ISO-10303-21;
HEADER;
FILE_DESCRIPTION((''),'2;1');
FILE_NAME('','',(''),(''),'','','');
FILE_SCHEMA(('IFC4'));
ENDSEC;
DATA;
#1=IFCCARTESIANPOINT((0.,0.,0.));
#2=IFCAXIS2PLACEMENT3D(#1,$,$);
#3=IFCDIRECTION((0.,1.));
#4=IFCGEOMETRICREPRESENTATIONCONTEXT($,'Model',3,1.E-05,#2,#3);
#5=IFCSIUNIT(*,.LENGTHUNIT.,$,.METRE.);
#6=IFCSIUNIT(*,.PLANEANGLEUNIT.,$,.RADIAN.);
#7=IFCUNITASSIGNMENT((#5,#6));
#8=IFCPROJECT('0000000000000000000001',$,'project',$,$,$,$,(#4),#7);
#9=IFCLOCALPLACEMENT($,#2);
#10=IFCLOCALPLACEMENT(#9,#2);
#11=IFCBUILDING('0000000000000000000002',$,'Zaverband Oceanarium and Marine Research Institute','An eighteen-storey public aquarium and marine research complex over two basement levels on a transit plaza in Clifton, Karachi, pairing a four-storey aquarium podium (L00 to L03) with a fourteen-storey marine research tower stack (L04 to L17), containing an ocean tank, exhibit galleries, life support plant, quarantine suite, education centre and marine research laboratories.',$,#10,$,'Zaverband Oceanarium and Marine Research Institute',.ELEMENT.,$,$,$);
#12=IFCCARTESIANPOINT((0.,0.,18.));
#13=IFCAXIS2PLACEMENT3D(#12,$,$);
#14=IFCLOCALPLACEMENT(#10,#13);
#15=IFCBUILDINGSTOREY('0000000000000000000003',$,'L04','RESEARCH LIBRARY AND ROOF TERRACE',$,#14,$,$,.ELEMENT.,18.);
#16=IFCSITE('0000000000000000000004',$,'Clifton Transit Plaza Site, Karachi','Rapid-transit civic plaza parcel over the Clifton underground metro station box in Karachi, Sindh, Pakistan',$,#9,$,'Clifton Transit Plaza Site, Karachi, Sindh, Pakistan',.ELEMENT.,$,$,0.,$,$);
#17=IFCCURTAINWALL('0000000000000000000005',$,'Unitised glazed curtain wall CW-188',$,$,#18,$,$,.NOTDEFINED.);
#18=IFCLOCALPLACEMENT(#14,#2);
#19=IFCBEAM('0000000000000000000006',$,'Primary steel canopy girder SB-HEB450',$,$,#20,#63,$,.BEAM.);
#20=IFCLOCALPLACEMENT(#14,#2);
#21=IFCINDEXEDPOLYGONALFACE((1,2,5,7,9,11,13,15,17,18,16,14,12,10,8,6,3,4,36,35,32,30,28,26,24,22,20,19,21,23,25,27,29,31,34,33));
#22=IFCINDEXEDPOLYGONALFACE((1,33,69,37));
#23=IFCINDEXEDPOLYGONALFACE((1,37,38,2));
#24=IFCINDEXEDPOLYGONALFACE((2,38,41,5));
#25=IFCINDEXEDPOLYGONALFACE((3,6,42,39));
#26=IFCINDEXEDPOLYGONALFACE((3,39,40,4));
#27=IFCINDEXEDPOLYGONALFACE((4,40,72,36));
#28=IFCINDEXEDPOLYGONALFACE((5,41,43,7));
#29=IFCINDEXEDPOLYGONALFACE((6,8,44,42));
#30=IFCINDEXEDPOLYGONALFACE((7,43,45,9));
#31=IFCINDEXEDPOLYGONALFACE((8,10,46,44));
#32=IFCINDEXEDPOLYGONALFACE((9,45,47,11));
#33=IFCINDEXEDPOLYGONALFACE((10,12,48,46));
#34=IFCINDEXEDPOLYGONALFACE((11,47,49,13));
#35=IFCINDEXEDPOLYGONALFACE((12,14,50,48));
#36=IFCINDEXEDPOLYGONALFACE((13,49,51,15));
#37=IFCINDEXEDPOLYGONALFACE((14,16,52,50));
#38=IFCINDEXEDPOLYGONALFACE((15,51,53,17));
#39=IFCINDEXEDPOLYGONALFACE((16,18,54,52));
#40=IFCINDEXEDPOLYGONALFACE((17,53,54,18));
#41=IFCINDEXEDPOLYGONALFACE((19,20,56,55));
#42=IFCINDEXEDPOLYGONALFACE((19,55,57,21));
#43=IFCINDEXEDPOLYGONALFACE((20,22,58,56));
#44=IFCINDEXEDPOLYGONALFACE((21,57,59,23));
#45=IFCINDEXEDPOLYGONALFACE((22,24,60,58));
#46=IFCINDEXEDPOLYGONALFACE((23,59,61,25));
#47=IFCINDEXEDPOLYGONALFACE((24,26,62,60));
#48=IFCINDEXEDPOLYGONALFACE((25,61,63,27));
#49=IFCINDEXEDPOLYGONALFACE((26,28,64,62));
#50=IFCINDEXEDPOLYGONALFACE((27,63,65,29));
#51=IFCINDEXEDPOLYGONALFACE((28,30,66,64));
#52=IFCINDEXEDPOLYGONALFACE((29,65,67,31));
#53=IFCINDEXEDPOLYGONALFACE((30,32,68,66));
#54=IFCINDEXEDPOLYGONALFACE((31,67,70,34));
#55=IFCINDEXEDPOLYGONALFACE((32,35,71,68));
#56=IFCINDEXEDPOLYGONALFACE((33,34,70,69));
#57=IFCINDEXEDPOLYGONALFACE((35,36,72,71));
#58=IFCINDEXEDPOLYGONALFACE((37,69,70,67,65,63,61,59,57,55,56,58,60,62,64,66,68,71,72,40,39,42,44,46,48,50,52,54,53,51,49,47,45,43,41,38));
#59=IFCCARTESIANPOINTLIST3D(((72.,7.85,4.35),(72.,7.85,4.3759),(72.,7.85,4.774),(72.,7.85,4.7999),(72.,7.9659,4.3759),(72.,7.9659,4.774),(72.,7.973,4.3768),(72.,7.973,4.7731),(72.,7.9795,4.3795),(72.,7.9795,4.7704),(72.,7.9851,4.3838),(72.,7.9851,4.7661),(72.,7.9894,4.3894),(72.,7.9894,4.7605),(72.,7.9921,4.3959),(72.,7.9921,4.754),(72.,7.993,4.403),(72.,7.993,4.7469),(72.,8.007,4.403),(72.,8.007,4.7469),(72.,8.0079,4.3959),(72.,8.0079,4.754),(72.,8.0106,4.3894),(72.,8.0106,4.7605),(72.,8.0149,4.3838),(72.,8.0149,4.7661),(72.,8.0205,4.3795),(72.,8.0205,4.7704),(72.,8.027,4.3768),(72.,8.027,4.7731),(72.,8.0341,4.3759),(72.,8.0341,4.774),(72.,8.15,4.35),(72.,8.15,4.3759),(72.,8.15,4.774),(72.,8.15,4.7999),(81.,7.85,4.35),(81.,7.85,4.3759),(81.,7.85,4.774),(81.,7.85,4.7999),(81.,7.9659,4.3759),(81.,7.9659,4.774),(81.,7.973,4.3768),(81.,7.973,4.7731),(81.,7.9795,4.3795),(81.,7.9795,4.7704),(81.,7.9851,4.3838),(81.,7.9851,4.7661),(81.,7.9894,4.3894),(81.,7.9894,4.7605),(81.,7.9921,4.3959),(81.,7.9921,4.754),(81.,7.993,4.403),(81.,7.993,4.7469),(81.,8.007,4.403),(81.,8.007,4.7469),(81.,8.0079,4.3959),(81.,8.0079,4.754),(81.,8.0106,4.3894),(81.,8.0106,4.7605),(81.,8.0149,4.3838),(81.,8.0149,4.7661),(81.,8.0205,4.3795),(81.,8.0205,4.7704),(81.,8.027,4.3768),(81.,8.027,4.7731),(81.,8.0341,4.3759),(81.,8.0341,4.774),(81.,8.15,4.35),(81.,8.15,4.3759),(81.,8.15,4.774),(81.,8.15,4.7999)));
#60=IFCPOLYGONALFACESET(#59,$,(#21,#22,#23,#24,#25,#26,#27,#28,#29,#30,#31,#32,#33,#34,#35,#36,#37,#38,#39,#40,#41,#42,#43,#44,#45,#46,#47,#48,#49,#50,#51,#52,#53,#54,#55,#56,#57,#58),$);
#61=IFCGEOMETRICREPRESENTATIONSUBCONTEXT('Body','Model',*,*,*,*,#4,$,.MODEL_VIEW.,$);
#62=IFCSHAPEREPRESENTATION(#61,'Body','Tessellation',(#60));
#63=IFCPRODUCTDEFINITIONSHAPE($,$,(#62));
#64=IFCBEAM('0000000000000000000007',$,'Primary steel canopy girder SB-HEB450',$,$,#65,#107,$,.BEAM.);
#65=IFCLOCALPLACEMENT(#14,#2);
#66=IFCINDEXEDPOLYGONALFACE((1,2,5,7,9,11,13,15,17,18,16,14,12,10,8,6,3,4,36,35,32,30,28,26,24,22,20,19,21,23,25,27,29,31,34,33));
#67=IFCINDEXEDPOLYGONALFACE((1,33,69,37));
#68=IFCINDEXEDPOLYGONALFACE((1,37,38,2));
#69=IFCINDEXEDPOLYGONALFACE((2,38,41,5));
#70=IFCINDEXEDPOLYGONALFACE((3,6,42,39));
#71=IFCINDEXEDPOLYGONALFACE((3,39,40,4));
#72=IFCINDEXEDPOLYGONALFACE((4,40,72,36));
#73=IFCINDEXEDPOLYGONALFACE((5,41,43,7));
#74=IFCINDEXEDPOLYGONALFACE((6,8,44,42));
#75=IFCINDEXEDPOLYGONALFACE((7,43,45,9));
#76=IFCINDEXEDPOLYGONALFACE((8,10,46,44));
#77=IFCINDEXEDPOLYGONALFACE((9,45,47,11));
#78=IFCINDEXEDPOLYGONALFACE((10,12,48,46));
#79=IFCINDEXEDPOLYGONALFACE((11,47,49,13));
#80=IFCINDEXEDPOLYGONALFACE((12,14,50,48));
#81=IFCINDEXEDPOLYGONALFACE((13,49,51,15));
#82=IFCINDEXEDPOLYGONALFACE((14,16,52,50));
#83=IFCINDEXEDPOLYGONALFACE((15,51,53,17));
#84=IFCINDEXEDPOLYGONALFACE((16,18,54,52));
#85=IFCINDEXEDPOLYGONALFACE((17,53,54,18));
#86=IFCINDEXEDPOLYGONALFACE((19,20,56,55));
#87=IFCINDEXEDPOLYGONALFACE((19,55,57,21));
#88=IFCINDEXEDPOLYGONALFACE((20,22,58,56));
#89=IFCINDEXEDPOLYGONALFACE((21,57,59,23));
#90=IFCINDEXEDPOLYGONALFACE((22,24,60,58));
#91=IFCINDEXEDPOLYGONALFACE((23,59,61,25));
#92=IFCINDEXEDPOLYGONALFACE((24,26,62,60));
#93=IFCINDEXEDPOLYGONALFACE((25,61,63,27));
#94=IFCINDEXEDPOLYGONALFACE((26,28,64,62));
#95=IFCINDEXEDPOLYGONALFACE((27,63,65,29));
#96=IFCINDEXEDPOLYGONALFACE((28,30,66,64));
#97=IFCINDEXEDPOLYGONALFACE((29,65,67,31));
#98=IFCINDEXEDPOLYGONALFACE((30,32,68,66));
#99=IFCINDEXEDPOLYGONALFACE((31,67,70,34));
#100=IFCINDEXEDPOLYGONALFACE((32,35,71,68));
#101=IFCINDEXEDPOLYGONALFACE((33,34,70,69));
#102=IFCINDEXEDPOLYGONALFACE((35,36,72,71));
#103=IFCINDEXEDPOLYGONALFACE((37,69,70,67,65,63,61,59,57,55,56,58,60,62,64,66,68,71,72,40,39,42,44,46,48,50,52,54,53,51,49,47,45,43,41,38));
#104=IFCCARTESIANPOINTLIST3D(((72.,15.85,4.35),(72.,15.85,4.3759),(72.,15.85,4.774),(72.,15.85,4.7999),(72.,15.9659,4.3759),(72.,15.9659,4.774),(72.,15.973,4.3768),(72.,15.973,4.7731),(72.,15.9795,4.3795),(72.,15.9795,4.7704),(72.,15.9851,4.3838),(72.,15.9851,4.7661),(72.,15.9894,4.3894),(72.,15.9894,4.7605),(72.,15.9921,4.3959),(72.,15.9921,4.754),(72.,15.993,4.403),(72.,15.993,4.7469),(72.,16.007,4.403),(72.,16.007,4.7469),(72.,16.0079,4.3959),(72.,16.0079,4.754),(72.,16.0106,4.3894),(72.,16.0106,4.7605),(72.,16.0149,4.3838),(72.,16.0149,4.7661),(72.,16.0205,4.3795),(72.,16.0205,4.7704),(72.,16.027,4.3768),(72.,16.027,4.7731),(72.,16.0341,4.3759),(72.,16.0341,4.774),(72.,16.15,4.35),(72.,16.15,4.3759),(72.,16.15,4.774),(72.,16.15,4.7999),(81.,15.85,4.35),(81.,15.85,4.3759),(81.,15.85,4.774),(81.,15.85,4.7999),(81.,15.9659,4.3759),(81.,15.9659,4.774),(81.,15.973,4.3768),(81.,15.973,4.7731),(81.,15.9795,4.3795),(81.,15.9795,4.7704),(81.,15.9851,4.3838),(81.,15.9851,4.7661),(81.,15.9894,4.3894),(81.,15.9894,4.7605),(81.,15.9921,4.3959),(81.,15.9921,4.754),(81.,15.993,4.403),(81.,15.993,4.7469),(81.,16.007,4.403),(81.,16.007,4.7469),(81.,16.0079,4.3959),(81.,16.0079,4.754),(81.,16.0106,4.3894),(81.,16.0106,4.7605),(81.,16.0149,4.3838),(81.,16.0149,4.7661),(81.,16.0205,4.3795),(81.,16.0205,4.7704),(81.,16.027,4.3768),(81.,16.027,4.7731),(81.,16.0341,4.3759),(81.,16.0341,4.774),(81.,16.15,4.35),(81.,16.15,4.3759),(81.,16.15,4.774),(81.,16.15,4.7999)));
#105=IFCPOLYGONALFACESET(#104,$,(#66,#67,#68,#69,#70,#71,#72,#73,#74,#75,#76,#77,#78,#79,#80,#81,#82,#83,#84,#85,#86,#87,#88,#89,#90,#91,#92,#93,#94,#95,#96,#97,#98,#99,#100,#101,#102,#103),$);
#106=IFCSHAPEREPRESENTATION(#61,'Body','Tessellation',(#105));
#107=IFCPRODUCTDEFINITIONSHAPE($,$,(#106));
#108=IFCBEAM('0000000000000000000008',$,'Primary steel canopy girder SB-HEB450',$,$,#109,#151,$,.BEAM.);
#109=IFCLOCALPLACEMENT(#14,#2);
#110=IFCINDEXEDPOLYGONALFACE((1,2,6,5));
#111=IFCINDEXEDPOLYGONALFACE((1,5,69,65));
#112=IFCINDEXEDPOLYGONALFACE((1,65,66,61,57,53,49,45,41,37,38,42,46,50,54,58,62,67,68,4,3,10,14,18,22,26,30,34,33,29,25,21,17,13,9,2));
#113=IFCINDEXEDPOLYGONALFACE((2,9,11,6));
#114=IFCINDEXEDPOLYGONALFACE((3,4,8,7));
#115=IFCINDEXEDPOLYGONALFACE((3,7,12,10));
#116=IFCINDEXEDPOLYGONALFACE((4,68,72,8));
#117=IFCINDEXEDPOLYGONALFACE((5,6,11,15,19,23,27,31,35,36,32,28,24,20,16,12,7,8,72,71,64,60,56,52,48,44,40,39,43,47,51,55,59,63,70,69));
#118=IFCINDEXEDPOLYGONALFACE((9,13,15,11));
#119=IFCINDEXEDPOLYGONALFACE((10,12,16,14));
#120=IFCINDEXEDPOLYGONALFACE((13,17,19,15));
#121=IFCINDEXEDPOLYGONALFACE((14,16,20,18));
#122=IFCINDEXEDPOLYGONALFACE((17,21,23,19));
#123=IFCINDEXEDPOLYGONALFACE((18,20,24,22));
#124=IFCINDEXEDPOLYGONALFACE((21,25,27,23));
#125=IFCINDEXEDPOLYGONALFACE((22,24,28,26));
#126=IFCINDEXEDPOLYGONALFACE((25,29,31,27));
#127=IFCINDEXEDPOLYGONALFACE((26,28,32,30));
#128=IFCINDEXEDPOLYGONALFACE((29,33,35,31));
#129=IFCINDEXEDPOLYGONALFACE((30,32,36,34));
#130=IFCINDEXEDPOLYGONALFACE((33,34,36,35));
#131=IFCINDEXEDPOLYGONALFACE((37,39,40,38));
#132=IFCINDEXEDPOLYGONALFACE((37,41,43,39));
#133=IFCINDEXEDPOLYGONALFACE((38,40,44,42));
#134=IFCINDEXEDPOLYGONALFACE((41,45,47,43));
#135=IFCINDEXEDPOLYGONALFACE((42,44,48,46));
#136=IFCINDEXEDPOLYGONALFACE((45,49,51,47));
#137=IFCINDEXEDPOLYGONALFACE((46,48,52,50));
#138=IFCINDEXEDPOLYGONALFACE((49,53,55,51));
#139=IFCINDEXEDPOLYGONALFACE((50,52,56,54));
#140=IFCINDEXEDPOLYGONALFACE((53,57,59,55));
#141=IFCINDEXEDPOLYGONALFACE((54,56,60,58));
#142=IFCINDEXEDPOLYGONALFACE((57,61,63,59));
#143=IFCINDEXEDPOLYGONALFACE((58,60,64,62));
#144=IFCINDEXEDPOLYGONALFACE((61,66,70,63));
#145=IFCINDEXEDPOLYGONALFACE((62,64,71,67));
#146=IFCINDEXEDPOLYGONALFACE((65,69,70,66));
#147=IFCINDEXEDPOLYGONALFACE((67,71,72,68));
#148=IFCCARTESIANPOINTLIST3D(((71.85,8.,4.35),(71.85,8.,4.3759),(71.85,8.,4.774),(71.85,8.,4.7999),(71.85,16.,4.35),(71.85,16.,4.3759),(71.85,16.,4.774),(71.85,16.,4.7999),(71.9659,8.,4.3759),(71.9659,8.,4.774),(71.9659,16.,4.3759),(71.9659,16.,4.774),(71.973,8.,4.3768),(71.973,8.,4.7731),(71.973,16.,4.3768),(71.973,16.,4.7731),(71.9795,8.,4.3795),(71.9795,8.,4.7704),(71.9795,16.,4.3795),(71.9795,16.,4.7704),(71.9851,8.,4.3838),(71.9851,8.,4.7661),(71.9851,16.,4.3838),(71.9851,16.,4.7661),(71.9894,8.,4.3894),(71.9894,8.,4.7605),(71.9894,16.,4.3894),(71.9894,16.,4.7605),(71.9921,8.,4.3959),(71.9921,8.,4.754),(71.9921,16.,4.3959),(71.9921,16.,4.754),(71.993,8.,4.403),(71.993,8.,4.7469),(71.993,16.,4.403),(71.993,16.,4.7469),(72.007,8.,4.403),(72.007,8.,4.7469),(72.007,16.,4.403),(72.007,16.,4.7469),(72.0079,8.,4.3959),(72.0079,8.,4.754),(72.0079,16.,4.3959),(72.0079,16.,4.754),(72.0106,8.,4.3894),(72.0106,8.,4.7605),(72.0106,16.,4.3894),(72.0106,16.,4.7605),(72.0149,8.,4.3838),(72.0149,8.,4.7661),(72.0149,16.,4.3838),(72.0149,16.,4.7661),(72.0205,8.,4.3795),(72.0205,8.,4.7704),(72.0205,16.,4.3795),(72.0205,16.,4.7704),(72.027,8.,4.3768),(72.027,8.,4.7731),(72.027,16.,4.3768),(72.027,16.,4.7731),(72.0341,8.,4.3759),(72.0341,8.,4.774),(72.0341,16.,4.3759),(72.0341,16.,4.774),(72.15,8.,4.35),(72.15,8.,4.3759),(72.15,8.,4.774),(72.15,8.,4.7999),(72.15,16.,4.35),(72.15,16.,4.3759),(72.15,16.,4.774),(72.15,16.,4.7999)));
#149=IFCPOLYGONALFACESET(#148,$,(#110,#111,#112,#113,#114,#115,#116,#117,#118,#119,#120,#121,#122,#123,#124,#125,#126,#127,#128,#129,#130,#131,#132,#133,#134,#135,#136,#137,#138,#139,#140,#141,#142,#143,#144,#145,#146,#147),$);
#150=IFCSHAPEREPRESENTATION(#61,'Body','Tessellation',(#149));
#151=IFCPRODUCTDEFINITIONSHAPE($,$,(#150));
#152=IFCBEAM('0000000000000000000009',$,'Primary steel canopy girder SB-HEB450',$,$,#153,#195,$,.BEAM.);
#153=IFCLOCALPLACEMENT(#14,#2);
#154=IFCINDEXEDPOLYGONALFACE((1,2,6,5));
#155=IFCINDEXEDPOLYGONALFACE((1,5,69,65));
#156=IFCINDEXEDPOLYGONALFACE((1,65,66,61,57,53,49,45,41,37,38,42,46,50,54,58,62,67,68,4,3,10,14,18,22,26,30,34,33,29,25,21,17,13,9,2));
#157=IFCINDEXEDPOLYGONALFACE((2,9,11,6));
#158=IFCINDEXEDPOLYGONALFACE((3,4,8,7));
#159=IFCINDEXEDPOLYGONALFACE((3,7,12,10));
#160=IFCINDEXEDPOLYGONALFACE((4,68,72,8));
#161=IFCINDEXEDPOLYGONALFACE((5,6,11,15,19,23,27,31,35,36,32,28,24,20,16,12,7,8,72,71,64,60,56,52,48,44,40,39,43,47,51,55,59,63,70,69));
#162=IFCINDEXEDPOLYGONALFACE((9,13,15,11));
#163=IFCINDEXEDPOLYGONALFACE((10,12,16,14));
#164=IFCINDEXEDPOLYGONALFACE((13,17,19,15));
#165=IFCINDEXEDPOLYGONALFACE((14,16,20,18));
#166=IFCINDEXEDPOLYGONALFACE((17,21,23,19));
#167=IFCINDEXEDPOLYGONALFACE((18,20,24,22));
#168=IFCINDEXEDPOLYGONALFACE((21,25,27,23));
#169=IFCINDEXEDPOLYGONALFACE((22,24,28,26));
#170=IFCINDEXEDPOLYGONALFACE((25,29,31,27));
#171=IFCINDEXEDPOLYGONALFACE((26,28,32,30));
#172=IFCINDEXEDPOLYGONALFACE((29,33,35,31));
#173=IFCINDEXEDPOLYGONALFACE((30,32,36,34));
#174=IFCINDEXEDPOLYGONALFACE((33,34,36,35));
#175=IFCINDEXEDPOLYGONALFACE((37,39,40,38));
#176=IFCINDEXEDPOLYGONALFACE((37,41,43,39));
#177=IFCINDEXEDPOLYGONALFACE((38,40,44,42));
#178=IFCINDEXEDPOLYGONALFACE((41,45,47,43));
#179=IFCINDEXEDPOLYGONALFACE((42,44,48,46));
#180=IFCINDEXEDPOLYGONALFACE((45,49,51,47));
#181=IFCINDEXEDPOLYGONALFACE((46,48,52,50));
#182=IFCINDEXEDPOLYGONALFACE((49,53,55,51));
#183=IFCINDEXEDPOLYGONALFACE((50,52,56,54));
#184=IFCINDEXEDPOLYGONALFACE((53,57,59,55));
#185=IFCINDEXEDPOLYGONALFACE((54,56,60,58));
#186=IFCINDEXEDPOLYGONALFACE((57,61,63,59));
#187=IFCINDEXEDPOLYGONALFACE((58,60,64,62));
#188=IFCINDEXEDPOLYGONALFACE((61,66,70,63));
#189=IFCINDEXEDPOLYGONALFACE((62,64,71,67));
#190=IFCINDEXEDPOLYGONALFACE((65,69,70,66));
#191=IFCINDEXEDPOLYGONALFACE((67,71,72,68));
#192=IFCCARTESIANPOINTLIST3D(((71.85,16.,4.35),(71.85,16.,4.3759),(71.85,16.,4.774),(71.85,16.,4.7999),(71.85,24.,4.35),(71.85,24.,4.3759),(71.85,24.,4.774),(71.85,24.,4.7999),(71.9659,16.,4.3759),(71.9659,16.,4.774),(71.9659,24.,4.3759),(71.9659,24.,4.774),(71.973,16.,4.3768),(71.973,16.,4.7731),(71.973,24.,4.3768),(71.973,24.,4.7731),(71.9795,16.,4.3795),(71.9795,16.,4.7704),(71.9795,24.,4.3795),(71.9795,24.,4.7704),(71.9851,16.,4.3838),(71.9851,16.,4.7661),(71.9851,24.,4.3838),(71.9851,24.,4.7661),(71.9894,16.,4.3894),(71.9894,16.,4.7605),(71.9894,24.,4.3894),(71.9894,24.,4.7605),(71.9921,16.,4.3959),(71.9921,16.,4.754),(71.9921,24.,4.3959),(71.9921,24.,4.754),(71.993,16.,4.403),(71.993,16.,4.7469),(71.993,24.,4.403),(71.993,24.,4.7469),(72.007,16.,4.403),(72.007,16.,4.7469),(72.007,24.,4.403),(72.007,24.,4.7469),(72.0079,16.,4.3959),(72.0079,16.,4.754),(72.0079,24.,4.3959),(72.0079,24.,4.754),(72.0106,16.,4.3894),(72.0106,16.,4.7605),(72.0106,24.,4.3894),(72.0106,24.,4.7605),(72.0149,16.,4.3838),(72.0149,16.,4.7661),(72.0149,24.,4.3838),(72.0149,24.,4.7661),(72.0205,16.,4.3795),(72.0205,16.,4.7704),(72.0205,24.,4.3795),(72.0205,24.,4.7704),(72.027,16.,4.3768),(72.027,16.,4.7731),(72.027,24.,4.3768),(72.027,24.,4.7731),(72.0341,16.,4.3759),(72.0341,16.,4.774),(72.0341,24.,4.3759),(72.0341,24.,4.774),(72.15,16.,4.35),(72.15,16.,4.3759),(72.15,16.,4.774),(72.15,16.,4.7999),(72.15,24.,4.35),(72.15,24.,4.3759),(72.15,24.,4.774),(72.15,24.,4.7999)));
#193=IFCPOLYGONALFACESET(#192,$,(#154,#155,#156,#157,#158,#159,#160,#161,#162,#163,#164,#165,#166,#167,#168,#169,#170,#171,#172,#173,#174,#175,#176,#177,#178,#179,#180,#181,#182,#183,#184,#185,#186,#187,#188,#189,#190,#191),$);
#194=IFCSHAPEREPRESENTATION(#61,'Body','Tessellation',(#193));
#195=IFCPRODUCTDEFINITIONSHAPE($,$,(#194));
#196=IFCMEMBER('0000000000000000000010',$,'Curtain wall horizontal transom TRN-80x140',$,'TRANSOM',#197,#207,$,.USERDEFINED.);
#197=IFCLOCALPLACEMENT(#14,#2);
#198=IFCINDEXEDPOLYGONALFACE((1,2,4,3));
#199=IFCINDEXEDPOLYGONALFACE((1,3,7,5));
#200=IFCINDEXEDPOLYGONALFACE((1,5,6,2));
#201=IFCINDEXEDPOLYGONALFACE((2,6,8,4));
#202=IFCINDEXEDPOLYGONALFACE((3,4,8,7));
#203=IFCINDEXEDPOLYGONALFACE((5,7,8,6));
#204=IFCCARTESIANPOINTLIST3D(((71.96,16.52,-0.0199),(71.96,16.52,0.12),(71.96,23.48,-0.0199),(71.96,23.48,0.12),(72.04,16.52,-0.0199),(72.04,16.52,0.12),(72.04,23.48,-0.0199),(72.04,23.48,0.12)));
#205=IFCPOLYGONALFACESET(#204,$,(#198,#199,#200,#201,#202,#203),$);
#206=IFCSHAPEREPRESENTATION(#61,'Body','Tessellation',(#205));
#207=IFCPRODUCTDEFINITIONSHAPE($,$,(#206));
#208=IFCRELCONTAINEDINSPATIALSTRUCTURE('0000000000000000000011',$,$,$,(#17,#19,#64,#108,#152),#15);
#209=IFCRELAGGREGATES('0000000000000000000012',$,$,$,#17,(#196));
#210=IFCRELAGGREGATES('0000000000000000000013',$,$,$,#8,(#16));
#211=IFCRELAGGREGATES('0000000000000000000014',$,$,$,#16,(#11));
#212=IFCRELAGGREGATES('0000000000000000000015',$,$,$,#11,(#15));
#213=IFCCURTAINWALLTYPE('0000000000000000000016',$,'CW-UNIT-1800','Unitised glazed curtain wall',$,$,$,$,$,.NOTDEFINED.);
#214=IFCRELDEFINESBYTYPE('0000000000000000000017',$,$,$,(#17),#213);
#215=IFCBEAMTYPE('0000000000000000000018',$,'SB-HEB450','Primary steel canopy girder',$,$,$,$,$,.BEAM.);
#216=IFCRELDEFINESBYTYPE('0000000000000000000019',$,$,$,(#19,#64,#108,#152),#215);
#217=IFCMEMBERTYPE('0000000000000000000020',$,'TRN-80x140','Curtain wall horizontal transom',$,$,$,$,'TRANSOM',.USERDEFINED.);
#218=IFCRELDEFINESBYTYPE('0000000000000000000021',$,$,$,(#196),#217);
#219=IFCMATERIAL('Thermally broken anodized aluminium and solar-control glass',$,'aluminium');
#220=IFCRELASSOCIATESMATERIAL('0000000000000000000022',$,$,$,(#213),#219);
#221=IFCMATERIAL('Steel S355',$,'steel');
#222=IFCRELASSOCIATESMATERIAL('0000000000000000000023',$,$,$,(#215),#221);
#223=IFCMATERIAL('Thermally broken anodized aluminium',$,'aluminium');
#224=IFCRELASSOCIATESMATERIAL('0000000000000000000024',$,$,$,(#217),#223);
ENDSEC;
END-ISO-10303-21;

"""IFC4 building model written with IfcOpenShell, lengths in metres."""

from ifc_helpers import new_model, si_unit, direction, frame, origin, origin_2d, place, context, subcontext, project, spatial, rectangle, i_section, extrude, material, material_profile, profile_set, type_object, element, aggregate, save


model = new_model("IFC4")

# Units and contexts
model_context = context("Model", 3, precision=1e-05, world=origin(), true_north=direction((0.0, 1.0)))
body_context = subcontext(model_context, "Body", "Model", "MODEL_VIEW")
ifc_project = project(units=[si_unit("LENGTHUNIT", "METRE"), si_unit("PLANEANGLEUNIT", "RADIAN")], contexts=[model_context])

# Site, building, storey
site_placement = place(None, origin())
site = spatial("IfcSite", under=ifc_project, at=site_placement, Name="Clifton Transit Plaza Site, Karachi", Description="Rapid-transit civic plaza parcel over the Clifton underground metro station box in Karachi, Sindh, Pakistan", LongName="Clifton Transit Plaza Site, Karachi, Sindh, Pakistan", CompositionType="ELEMENT", RefElevation=0.0)
building_placement = place(site_placement, origin())
building = spatial("IfcBuilding", under=site, at=building_placement, Name="Zaverband Oceanarium and Marine Research Institute", Description="An eighteen-storey public aquarium and marine research complex over two basement levels on a transit plaza in Clifton, Karachi, pairing a four-storey aquarium podium (L00 to L03) with a fourteen-storey marine research tower stack (L04 to L17), containing an ocean tank, exhibit galleries, life support plant, quarantine suite, education centre and marine research laboratories.", LongName="Zaverband Oceanarium and Marine Research Institute", CompositionType="ELEMENT")
storey_placement = place(building_placement, frame((0.0, 0.0, 18.0)))
storey = spatial("IfcBuildingStorey", under=building, at=storey_placement, Name="L04", Description="RESEARCH LIBRARY AND ROOF TERRACE", CompositionType="ELEMENT", Elevation=18.0)

# Curtain wall
ifc_material_1 = material(Name="Thermally broken anodized aluminium and solar-control glass", Category="aluminium")
curtain_wall_type = type_object("IfcCurtainWallType", Name="CW-UNIT-1800", Description="Unitised glazed curtain wall", PredefinedType="NOTDEFINED", material=ifc_material_1)
ifc_material_2 = material(Name="Thermally broken anodized aluminium", Category="aluminium")
curtain_wall_1_placement = place(storey_placement, origin())
curtain_wall_1 = element("IfcCurtainWall", 1, at=curtain_wall_1_placement, inside=storey, type_object=curtain_wall_type, Name="Unitised glazed curtain wall CW-188", PredefinedType="NOTDEFINED")

# Beams
ifc_material_3 = material(Name="Steel S355", Category="steel")
ifc_material_profile_1 = material_profile(ifc_material_3, i_section(OverallWidth=0.3, OverallDepth=0.45, WebThickness=0.0139, FlangeThickness=0.0259, FilletRadius=0.0271, at=origin_2d()), Name="HEB450")
ifc_profile_set_1 = profile_set([ifc_material_profile_1], Name="Steel S355")
beam_type_1 = type_object("IfcBeamType", Name="SB-HEB450", Description="Primary steel canopy girder", PredefinedType="BEAM", material=ifc_profile_set_1)
for number, where, z_axis, x_axis, name in (
    (2, (72.0, 8.0, 4.575), (1.0, 0.0, 0.0), (0.0, 1.0, 0.0), "Primary steel canopy girder SB-HEB450"),
    (3, (72.0, 16.0, 4.575), (1.0, 0.0, 0.0), (0.0, 1.0, 0.0), "Primary steel canopy girder SB-HEB450"),
):
    element("IfcBeam", number, at=place(storey_placement, frame(where, z_axis=z_axis, x_axis=x_axis)), inside=storey, type_object=beam_type_1, Name=name, PredefinedType="BEAM", context=body_context, shape_type="SweptSolid", body=[
        extrude(i_section(OverallWidth=0.3, OverallDepth=0.45, WebThickness=0.0139, FlangeThickness=0.0259, FilletRadius=0.0271, at=origin_2d()), origin(), (0.0, 0.0, 1.0), 9.0),
    ])
for number, where, z_axis, x_axis, name in (
    (4, (72.0, 8.0, 4.575), (0.0, 1.0, 0.0), (-1.0, 0.0, 0.0), "Primary steel canopy girder SB-HEB450"),
    (5, (72.0, 16.0, 4.575), (0.0, 1.0, 0.0), (-1.0, 0.0, 0.0), "Primary steel canopy girder SB-HEB450"),
):
    element("IfcBeam", number, at=place(storey_placement, frame(where, z_axis=z_axis, x_axis=x_axis)), inside=storey, type_object=beam_type_1, Name=name, PredefinedType="BEAM", context=body_context, shape_type="SweptSolid", body=[
        extrude(i_section(OverallWidth=0.3, OverallDepth=0.45, WebThickness=0.0139, FlangeThickness=0.0259, FilletRadius=0.0271, at=origin_2d()), origin(), (0.0, 0.0, 1.0), 8.0),
    ])

# Member
ifc_material_profile_2 = material_profile(ifc_material_2, rectangle(XDim=0.0801, YDim=0.1399, at=origin_2d()), Name="AL-TRN-80x140")
ifc_profile_set_2 = profile_set([ifc_material_profile_2], Name="Thermally broken anodized aluminium")
member_type_1 = type_object("IfcMemberType", Name="TRN-80x140", Description="Curtain wall horizontal transom", ElementType="TRANSOM", PredefinedType="USERDEFINED", material=ifc_profile_set_2)
member_1_placement = place(storey_placement, frame((72.0, 16.52, 0.05), z_axis=(0.0, 1.0, 0.0), x_axis=(-1.0, 0.0, 0.0)))
member_1 = element("IfcMember", 6, at=member_1_placement, type_object=member_type_1, Name="Curtain wall horizontal transom TRN-80x140", ObjectType="TRANSOM", PredefinedType="USERDEFINED", context=body_context, shape_type="SweptSolid", body=[
    extrude(rectangle(XDim=0.0801, YDim=0.1399, at=origin_2d()), origin(), (0.0, 0.0, 1.0), 6.96),
])

aggregate(curtain_wall_1, [member_1])

save(model, "model.ifc")
